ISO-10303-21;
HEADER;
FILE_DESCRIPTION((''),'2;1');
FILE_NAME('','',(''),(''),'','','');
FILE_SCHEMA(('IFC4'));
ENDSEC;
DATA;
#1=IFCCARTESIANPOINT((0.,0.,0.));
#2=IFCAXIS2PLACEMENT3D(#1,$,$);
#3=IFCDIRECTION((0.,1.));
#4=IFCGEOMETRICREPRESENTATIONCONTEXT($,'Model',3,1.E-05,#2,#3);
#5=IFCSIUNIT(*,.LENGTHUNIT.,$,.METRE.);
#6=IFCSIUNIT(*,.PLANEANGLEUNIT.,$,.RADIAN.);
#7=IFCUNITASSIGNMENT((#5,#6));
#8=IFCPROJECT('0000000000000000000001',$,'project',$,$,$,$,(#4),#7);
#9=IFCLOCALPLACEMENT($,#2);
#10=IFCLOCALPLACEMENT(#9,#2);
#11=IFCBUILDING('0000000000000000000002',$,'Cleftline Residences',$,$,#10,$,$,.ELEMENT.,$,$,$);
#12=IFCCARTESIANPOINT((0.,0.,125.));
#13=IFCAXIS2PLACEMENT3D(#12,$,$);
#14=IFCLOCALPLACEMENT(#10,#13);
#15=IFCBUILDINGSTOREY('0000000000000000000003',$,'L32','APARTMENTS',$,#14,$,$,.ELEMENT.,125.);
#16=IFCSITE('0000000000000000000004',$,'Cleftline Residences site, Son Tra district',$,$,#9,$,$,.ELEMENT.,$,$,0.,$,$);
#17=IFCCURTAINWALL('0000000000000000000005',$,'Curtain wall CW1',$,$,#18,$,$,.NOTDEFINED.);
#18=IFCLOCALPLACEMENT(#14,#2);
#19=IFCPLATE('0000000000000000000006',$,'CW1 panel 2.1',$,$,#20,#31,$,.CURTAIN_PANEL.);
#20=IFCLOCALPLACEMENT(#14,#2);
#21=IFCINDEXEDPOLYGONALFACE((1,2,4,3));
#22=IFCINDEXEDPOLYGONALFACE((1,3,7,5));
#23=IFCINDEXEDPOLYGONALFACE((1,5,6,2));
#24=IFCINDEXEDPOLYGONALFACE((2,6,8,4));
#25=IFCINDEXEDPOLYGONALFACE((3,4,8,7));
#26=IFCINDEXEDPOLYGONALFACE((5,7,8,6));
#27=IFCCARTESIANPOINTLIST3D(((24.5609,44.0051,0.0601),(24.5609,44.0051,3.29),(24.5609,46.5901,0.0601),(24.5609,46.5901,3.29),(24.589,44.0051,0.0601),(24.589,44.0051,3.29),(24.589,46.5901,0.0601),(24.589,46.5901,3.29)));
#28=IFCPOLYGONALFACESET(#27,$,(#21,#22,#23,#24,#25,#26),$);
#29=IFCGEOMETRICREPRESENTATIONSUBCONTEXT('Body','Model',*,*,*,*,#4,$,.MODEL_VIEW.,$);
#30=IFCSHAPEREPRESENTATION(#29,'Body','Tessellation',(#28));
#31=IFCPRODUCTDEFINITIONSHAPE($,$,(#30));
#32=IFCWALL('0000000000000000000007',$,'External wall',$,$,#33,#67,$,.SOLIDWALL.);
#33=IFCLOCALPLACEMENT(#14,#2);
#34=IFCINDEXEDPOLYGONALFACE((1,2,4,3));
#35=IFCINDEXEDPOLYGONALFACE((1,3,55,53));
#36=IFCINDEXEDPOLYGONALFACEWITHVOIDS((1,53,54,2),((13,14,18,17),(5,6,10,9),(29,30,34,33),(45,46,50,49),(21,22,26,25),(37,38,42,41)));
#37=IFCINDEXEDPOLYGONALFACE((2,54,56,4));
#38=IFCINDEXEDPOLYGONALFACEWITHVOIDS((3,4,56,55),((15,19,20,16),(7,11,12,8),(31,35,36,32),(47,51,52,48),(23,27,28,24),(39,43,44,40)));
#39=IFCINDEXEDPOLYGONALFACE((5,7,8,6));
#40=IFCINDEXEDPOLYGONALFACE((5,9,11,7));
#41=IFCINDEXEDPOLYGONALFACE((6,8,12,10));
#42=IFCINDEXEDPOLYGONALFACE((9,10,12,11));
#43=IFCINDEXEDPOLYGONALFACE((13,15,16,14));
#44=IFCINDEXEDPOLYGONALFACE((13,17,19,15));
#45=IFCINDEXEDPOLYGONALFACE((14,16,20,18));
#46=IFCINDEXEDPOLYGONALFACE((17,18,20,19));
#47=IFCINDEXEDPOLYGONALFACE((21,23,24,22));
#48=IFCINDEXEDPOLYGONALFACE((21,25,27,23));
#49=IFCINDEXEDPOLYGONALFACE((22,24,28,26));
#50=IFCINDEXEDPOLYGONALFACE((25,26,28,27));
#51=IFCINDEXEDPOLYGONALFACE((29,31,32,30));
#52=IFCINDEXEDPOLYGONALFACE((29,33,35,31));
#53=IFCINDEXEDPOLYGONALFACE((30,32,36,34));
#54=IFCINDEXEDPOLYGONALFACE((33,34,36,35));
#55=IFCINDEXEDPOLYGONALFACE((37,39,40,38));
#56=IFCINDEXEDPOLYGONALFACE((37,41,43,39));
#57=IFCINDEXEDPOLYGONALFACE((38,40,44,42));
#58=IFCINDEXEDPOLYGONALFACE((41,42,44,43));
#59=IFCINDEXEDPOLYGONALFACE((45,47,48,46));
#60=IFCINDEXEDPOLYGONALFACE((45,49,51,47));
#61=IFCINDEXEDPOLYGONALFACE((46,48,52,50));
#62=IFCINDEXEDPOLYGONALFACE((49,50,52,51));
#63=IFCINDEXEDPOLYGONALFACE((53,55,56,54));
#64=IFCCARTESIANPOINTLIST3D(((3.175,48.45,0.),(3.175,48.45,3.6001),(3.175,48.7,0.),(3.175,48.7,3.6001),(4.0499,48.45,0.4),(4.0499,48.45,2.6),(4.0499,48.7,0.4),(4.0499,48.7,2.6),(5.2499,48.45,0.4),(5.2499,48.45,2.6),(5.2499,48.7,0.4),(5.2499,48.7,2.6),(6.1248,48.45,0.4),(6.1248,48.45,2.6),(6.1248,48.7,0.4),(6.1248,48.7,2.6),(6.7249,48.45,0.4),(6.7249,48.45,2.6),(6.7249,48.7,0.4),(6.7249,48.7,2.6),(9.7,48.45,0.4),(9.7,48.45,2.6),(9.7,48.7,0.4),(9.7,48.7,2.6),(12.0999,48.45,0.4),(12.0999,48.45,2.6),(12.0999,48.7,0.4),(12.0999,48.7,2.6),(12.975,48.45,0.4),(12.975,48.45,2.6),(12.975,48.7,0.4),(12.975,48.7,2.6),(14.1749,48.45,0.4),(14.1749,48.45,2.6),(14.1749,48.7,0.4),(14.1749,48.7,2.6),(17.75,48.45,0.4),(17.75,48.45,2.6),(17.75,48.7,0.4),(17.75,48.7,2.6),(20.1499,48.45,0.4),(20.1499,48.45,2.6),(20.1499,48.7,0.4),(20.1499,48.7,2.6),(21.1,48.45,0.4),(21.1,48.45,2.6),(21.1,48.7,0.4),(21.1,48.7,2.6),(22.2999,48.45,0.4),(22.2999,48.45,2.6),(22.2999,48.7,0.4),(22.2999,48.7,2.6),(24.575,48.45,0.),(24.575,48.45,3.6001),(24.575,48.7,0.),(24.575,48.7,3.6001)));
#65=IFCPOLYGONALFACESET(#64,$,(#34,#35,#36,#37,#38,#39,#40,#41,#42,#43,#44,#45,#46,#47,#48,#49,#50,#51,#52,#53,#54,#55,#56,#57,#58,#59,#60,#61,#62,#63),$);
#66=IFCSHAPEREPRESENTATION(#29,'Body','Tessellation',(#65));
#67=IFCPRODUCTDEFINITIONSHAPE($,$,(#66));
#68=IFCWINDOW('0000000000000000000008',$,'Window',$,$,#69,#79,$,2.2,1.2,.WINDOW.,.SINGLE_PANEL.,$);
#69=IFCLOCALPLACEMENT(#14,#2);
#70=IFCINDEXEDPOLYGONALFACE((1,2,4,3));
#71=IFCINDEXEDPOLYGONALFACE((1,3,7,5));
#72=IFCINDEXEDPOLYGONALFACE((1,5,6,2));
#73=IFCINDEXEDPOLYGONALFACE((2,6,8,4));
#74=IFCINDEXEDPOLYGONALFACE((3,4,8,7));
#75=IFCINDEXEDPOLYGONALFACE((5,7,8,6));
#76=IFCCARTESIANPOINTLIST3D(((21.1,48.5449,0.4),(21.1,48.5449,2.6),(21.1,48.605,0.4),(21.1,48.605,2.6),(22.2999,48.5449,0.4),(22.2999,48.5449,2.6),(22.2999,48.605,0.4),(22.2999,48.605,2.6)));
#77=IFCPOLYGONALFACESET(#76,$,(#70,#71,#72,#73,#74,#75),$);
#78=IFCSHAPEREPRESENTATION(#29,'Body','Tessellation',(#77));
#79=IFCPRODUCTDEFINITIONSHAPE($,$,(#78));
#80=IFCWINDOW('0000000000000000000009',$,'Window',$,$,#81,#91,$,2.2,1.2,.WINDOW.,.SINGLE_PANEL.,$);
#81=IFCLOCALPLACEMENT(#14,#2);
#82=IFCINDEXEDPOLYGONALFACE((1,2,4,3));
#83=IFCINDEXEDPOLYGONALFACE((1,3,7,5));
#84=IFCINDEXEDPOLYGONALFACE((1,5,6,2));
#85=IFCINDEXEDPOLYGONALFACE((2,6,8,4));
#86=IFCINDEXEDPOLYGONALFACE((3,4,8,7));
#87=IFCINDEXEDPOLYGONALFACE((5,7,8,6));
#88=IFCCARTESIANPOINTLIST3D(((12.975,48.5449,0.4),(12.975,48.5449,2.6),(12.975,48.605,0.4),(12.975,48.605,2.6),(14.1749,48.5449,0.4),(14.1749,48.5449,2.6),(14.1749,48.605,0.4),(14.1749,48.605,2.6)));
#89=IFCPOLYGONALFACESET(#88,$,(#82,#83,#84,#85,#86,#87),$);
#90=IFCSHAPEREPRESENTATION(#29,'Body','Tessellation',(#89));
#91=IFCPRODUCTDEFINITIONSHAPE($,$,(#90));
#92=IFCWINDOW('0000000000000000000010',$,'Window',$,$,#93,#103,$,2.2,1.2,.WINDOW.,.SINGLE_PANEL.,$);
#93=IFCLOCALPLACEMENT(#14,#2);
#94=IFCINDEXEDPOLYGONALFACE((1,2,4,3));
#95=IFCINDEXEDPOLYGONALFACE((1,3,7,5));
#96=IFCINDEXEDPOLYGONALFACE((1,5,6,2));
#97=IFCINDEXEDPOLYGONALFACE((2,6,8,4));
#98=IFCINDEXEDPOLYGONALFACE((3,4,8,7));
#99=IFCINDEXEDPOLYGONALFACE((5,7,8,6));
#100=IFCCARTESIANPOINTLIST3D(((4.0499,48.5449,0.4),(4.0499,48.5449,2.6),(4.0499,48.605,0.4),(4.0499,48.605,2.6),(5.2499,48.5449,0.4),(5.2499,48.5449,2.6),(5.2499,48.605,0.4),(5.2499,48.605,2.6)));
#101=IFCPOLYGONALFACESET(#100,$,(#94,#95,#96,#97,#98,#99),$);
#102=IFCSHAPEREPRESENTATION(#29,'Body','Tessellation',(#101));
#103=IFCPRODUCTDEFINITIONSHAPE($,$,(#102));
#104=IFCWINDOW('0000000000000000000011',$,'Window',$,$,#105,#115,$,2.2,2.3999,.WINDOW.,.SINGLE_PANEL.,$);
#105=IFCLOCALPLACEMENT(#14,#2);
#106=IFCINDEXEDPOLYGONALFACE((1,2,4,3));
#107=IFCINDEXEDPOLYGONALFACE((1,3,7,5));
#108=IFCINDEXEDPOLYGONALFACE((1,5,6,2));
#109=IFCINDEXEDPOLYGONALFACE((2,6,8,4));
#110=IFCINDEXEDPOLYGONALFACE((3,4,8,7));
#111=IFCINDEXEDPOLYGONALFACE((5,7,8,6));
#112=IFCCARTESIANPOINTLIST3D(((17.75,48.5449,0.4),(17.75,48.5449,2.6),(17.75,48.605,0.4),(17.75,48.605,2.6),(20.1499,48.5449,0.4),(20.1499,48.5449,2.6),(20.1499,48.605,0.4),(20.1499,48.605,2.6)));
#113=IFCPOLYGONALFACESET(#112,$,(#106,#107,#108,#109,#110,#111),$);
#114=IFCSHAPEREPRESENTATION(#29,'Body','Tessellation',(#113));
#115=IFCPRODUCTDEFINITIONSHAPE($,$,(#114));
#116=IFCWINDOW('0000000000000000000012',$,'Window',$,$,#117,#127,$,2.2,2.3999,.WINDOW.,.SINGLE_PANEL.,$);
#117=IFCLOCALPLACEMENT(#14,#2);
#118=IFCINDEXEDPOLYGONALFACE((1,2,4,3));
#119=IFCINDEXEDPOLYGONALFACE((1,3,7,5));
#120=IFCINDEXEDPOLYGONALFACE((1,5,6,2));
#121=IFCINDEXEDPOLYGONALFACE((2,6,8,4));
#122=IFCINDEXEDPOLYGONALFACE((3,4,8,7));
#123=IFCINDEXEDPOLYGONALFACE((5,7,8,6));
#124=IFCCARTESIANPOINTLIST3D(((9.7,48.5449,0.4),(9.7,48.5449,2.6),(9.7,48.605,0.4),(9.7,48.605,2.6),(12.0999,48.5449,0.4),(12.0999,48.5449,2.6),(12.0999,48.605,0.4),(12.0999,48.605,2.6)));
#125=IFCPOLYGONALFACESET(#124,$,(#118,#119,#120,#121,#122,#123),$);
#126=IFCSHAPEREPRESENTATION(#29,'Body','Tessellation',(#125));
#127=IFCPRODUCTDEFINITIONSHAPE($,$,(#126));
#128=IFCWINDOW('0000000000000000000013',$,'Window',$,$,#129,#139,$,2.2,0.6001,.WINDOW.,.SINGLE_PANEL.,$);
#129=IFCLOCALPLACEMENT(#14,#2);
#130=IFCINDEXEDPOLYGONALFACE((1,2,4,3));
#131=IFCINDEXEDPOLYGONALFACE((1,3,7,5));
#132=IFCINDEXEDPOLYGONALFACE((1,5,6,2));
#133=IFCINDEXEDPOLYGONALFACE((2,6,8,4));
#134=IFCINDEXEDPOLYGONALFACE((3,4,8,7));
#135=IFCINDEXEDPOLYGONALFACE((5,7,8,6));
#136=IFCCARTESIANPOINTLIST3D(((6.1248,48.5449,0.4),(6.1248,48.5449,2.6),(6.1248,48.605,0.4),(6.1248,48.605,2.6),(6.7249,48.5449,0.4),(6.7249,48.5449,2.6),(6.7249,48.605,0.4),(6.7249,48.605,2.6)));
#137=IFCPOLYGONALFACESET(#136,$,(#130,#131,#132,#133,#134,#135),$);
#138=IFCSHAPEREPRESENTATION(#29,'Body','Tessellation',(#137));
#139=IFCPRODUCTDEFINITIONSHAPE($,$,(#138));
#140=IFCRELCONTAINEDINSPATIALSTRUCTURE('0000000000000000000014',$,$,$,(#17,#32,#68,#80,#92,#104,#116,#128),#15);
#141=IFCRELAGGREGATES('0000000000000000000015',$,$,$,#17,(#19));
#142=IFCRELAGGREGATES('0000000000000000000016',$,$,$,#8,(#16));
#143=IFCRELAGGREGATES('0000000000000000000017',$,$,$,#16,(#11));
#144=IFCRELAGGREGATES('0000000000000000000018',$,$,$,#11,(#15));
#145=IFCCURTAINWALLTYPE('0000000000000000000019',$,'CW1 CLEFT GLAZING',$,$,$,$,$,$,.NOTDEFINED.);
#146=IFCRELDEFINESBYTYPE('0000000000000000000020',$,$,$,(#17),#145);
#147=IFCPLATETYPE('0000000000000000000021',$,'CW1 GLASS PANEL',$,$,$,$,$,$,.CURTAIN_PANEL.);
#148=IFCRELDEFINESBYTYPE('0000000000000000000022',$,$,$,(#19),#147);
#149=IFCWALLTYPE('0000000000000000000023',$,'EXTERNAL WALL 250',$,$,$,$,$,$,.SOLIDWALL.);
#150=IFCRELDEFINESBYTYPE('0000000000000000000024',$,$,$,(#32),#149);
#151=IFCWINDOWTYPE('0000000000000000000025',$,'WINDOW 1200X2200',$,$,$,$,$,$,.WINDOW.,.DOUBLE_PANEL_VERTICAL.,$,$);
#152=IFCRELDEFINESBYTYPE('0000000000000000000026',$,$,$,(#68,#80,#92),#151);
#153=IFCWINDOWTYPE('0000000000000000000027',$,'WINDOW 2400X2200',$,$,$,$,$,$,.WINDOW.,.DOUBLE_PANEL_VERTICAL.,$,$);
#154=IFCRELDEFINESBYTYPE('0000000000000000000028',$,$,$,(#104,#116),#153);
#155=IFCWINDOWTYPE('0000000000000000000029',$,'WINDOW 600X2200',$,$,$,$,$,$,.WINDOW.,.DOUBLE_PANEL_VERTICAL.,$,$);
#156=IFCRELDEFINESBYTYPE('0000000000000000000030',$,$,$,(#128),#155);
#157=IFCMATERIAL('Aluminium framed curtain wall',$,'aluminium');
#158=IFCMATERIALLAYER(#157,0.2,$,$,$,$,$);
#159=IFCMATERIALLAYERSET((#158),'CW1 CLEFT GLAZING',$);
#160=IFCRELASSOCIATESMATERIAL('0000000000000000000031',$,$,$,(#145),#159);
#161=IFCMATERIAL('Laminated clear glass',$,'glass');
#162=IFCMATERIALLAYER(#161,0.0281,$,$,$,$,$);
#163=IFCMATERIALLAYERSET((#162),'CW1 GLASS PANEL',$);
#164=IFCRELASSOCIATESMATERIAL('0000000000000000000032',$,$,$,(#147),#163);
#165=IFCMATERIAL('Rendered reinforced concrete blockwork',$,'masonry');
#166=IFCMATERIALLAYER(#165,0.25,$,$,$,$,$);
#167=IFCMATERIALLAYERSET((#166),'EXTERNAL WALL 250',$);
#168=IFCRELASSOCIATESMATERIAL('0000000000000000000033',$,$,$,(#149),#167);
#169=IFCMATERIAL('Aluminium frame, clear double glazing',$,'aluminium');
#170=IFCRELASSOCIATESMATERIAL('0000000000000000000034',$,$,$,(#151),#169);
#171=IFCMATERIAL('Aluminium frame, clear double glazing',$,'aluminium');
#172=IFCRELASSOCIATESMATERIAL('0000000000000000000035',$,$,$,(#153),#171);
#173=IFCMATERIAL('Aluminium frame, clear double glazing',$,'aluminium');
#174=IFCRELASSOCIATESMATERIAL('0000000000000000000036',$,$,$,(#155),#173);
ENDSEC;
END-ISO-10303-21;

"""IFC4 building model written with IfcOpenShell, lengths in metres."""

from ifc_helpers import new_model, si_unit, direction, frame, frame_2d, origin, origin_2d, place, context, subcontext, project, spatial, rectangle, extrude, material, layer, layer_set, type_object, element, fill, aggregate, save


model = new_model("IFC4")

# Units and contexts
model_context = context("Model", 3, precision=1e-05, world=origin(), true_north=direction((0.0, 1.0)))
body_context = subcontext(model_context, "Body", "Model", "MODEL_VIEW")
ifc_project = project(units=[si_unit("LENGTHUNIT", "METRE"), si_unit("PLANEANGLEUNIT", "RADIAN")], contexts=[model_context])

# Site, building, storey
site_placement = place(None, origin())
site = spatial("IfcSite", under=ifc_project, at=site_placement, Name="Cleftline Residences site, Son Tra district", CompositionType="ELEMENT", RefElevation=0.0)
building_placement = place(site_placement, origin())
building = spatial("IfcBuilding", under=site, at=building_placement, Name="Cleftline Residences", CompositionType="ELEMENT")
storey_placement = place(building_placement, frame((0.0, 0.0, 125.0)))
storey = spatial("IfcBuildingStorey", under=building, at=storey_placement, Name="L32", Description="APARTMENTS", CompositionType="ELEMENT", Elevation=125.0)

# Curtain wall, plate
ifc_material_1 = material(Name="Aluminium framed curtain wall", Category="aluminium")
ifc_layer_1 = layer(ifc_material_1, 0.2)
ifc_layer_set_1 = layer_set([ifc_layer_1], Name="CW1 CLEFT GLAZING")
curtain_wall_type = type_object("IfcCurtainWallType", Name="CW1 CLEFT GLAZING", PredefinedType="NOTDEFINED", material=ifc_layer_set_1)
curtain_wall_placement = place(storey_placement, origin())
curtain_wall = element("IfcCurtainWall", 1, at=curtain_wall_placement, inside=storey, type_object=curtain_wall_type, Name="Curtain wall CW1", PredefinedType="NOTDEFINED")
ifc_material_2 = material(Name="Laminated clear glass", Category="glass")
ifc_layer_2 = layer(ifc_material_2, 0.0281)
ifc_layer_set_2 = layer_set([ifc_layer_2], Name="CW1 GLASS PANEL")
plate_type = type_object("IfcPlateType", Name="CW1 GLASS PANEL", PredefinedType="CURTAIN_PANEL", material=ifc_layer_set_2)
plate_1_placement = place(storey_placement, frame((24.575, 45.2976, 0.0601), z_axis=(0.0, 0.0, 1.0), x_axis=(0.0, 1.0, 0.0)))
plate_1 = element("IfcPlate", 2, at=plate_1_placement, type_object=plate_type, Name="CW1 panel 2.1", PredefinedType="CURTAIN_PANEL", context=body_context, shape_type="SweptSolid", body=[
    extrude(rectangle(XDim=2.585, YDim=0.0281, at=origin_2d()), origin(), (0.0, 0.0, 1.0), 3.23),
])
aggregate(curtain_wall, [plate_1])

# Wall, openings, windows
ifc_material_3 = material(Name="Rendered reinforced concrete blockwork", Category="masonry")
ifc_layer_3 = layer(ifc_material_3, 0.25)
ifc_layer_set_3 = layer_set([ifc_layer_3], Name="EXTERNAL WALL 250")
wall_type = type_object("IfcWallType", Name="EXTERNAL WALL 250", PredefinedType="SOLIDWALL", material=ifc_layer_set_3)
wall_placement = place(storey_placement, frame((24.575, 48.575, 0.0), z_axis=(0.0, 0.0, 1.0), x_axis=(-1.0, 0.0, 0.0)))
wall = element("IfcWall", 3, at=wall_placement, inside=storey, type_object=wall_type, Name="External wall", PredefinedType="SOLIDWALL", context=body_context, shape_type="SweptSolid", body=[
    extrude(rectangle(XDim=21.3999, YDim=0.25, at=frame_2d((10.7, 0.0))), origin(), (0.0, 0.0, 1.0), 3.6001),
])
opening_1_placement = place(wall_placement, frame((2.2749, 0.0, 0.3999)))
opening_1 = element("IfcOpeningElement", 4, at=opening_1_placement, cuts=wall, PredefinedType="OPENING", context=body_context, shape_type="SweptSolid", body=[
    extrude(rectangle(XDim=1.2, YDim=2.2, at=frame_2d((0.6001, 1.1001))), frame((0.0, 0.135, 0.0), z_axis=(0.0, -1.0, 0.0), x_axis=(1.0, 0.0, 0.0)), (0.0, 0.0, 1.0), 0.27),
])
opening_2_placement = place(wall_placement, frame((4.425, 0.0, 0.3999)))
opening_2 = element("IfcOpeningElement", 5, at=opening_2_placement, cuts=wall, PredefinedType="OPENING", context=body_context, shape_type="SweptSolid", body=[
    extrude(rectangle(XDim=2.3999, YDim=2.2, at=frame_2d((1.2, 1.1001))), frame((0.0, 0.135, 0.0), z_axis=(0.0, -1.0, 0.0), x_axis=(1.0, 0.0, 0.0)), (0.0, 0.0, 1.0), 0.27),
])
opening_3_placement = place(wall_placement, frame((10.3999, 0.0, 0.3999)))
opening_3 = element("IfcOpeningElement", 6, at=opening_3_placement, cuts=wall, PredefinedType="OPENING", context=body_context, shape_type="SweptSolid", body=[
    extrude(rectangle(XDim=1.2, YDim=2.2, at=frame_2d((0.6001, 1.1001))), frame((0.0, 0.135, 0.0), z_axis=(0.0, -1.0, 0.0), x_axis=(1.0, 0.0, 0.0)), (0.0, 0.0, 1.0), 0.27),
])
opening_4_placement = place(wall_placement, frame((12.4751, 0.0, 0.3999)))
opening_4 = element("IfcOpeningElement", 7, at=opening_4_placement, cuts=wall, PredefinedType="OPENING", context=body_context, shape_type="SweptSolid", body=[
    extrude(rectangle(XDim=2.3999, YDim=2.2, at=frame_2d((1.2, 1.1001))), frame((0.0, 0.135, 0.0), z_axis=(0.0, -1.0, 0.0), x_axis=(1.0, 0.0, 0.0)), (0.0, 0.0, 1.0), 0.27),
])
opening_5_placement = place(wall_placement, frame((17.8501, 0.0, 0.3999)))
opening_5 = element("IfcOpeningElement", 8, at=opening_5_placement, cuts=wall, PredefinedType="OPENING", context=body_context, shape_type="SweptSolid", body=[
    extrude(rectangle(XDim=0.6001, YDim=2.2, at=frame_2d((0.3, 1.1001))), frame((0.0, 0.135, 0.0), z_axis=(0.0, -1.0, 0.0), x_axis=(1.0, 0.0, 0.0)), (0.0, 0.0, 1.0), 0.27),
])
opening_6_placement = place(wall_placement, frame((19.325, 0.0, 0.3999)))
opening_6 = element("IfcOpeningElement", 9, at=opening_6_placement, cuts=wall, PredefinedType="OPENING", context=body_context, shape_type="SweptSolid", body=[
    extrude(rectangle(XDim=1.2, YDim=2.2, at=frame_2d((0.6001, 1.1001))), frame((0.0, 0.135, 0.0), z_axis=(0.0, -1.0, 0.0), x_axis=(1.0, 0.0, 0.0)), (0.0, 0.0, 1.0), 0.27),
])
ifc_material_4 = material(Name="Aluminium frame, clear double glazing", Category="aluminium")
window_type_1 = type_object("IfcWindowType", Name="WINDOW 1200X2200", PartitioningType="DOUBLE_PANEL_VERTICAL", PredefinedType="WINDOW", material=ifc_material_4)
window_1_placement = place(opening_1_placement, origin())
window_1 = element("IfcWindow", 10, at=window_1_placement, inside=storey, type_object=window_type_1, Name="Window", OverallHeight=2.2, OverallWidth=1.2, PartitioningType="SINGLE_PANEL", PredefinedType="WINDOW", context=body_context, shape_type="SweptSolid", body=[
    extrude(rectangle(XDim=1.2, YDim=2.2, at=frame_2d((0.6001, 1.1001))), frame((0.0, 0.03, 0.0), z_axis=(0.0, -1.0, 0.0), x_axis=(1.0, 0.0, 0.0)), (0.0, 0.0, 1.0), 0.0601),
])
fill(opening_1, window_1)
window_2_placement = place(opening_3_placement, origin())
window_2 = element("IfcWindow", 11, at=window_2_placement, inside=storey, type_object=window_type_1, Name="Window", OverallHeight=2.2, OverallWidth=1.2, PartitioningType="SINGLE_PANEL", PredefinedType="WINDOW", context=body_context, shape_type="SweptSolid", body=[
    extrude(rectangle(XDim=1.2, YDim=2.2, at=frame_2d((0.6001, 1.1001))), frame((0.0, 0.03, 0.0), z_axis=(0.0, -1.0, 0.0), x_axis=(1.0, 0.0, 0.0)), (0.0, 0.0, 1.0), 0.0601),
])
fill(opening_3, window_2)
window_3_placement = place(opening_6_placement, origin())
window_3 = element("IfcWindow", 12, at=window_3_placement, inside=storey, type_object=window_type_1, Name="Window", OverallHeight=2.2, OverallWidth=1.2, PartitioningType="SINGLE_PANEL", PredefinedType="WINDOW", context=body_context, shape_type="SweptSolid", body=[
    extrude(rectangle(XDim=1.2, YDim=2.2, at=frame_2d((0.6001, 1.1001))), frame((0.0, 0.03, 0.0), z_axis=(0.0, -1.0, 0.0), x_axis=(1.0, 0.0, 0.0)), (0.0, 0.0, 1.0), 0.0601),
])
fill(opening_6, window_3)
ifc_material_5 = material(Name="Aluminium frame, clear double glazing", Category="aluminium")
window_type_2 = type_object("IfcWindowType", Name="WINDOW 2400X2200", PartitioningType="DOUBLE_PANEL_VERTICAL", PredefinedType="WINDOW", material=ifc_material_5)
window_4_placement = place(opening_2_placement, origin())
window_4 = element("IfcWindow", 13, at=window_4_placement, inside=storey, type_object=window_type_2, Name="Window", OverallHeight=2.2, OverallWidth=2.3999, PartitioningType="SINGLE_PANEL", PredefinedType="WINDOW", context=body_context, shape_type="SweptSolid", body=[
    extrude(rectangle(XDim=2.3999, YDim=2.2, at=frame_2d((1.2, 1.1001))), frame((0.0, 0.03, 0.0), z_axis=(0.0, -1.0, 0.0), x_axis=(1.0, 0.0, 0.0)), (0.0, 0.0, 1.0), 0.0601),
])
fill(opening_2, window_4)
window_5_placement = place(opening_4_placement, origin())
window_5 = element("IfcWindow", 14, at=window_5_placement, inside=storey, type_object=window_type_2, Name="Window", OverallHeight=2.2, OverallWidth=2.3999, PartitioningType="SINGLE_PANEL", PredefinedType="WINDOW", context=body_context, shape_type="SweptSolid", body=[
    extrude(rectangle(XDim=2.3999, YDim=2.2, at=frame_2d((1.2, 1.1001))), frame((0.0, 0.03, 0.0), z_axis=(0.0, -1.0, 0.0), x_axis=(1.0, 0.0, 0.0)), (0.0, 0.0, 1.0), 0.0601),
])
fill(opening_4, window_5)
ifc_material_6 = material(Name="Aluminium frame, clear double glazing", Category="aluminium")
window_type_3 = type_object("IfcWindowType", Name="WINDOW 600X2200", PartitioningType="DOUBLE_PANEL_VERTICAL", PredefinedType="WINDOW", material=ifc_material_6)
window_6_placement = place(opening_5_placement, origin())
window_6 = element("IfcWindow", 15, at=window_6_placement, inside=storey, type_object=window_type_3, Name="Window", OverallHeight=2.2, OverallWidth=0.6001, PartitioningType="SINGLE_PANEL", PredefinedType="WINDOW", context=body_context, shape_type="SweptSolid", body=[
    extrude(rectangle(XDim=0.6001, YDim=2.2, at=frame_2d((0.3, 1.1001))), frame((0.0, 0.03, 0.0), z_axis=(0.0, -1.0, 0.0), x_axis=(1.0, 0.0, 0.0)), (0.0, 0.0, 1.0), 0.0601),
])
fill(opening_5, window_6)

save(model, "model.ifc")
